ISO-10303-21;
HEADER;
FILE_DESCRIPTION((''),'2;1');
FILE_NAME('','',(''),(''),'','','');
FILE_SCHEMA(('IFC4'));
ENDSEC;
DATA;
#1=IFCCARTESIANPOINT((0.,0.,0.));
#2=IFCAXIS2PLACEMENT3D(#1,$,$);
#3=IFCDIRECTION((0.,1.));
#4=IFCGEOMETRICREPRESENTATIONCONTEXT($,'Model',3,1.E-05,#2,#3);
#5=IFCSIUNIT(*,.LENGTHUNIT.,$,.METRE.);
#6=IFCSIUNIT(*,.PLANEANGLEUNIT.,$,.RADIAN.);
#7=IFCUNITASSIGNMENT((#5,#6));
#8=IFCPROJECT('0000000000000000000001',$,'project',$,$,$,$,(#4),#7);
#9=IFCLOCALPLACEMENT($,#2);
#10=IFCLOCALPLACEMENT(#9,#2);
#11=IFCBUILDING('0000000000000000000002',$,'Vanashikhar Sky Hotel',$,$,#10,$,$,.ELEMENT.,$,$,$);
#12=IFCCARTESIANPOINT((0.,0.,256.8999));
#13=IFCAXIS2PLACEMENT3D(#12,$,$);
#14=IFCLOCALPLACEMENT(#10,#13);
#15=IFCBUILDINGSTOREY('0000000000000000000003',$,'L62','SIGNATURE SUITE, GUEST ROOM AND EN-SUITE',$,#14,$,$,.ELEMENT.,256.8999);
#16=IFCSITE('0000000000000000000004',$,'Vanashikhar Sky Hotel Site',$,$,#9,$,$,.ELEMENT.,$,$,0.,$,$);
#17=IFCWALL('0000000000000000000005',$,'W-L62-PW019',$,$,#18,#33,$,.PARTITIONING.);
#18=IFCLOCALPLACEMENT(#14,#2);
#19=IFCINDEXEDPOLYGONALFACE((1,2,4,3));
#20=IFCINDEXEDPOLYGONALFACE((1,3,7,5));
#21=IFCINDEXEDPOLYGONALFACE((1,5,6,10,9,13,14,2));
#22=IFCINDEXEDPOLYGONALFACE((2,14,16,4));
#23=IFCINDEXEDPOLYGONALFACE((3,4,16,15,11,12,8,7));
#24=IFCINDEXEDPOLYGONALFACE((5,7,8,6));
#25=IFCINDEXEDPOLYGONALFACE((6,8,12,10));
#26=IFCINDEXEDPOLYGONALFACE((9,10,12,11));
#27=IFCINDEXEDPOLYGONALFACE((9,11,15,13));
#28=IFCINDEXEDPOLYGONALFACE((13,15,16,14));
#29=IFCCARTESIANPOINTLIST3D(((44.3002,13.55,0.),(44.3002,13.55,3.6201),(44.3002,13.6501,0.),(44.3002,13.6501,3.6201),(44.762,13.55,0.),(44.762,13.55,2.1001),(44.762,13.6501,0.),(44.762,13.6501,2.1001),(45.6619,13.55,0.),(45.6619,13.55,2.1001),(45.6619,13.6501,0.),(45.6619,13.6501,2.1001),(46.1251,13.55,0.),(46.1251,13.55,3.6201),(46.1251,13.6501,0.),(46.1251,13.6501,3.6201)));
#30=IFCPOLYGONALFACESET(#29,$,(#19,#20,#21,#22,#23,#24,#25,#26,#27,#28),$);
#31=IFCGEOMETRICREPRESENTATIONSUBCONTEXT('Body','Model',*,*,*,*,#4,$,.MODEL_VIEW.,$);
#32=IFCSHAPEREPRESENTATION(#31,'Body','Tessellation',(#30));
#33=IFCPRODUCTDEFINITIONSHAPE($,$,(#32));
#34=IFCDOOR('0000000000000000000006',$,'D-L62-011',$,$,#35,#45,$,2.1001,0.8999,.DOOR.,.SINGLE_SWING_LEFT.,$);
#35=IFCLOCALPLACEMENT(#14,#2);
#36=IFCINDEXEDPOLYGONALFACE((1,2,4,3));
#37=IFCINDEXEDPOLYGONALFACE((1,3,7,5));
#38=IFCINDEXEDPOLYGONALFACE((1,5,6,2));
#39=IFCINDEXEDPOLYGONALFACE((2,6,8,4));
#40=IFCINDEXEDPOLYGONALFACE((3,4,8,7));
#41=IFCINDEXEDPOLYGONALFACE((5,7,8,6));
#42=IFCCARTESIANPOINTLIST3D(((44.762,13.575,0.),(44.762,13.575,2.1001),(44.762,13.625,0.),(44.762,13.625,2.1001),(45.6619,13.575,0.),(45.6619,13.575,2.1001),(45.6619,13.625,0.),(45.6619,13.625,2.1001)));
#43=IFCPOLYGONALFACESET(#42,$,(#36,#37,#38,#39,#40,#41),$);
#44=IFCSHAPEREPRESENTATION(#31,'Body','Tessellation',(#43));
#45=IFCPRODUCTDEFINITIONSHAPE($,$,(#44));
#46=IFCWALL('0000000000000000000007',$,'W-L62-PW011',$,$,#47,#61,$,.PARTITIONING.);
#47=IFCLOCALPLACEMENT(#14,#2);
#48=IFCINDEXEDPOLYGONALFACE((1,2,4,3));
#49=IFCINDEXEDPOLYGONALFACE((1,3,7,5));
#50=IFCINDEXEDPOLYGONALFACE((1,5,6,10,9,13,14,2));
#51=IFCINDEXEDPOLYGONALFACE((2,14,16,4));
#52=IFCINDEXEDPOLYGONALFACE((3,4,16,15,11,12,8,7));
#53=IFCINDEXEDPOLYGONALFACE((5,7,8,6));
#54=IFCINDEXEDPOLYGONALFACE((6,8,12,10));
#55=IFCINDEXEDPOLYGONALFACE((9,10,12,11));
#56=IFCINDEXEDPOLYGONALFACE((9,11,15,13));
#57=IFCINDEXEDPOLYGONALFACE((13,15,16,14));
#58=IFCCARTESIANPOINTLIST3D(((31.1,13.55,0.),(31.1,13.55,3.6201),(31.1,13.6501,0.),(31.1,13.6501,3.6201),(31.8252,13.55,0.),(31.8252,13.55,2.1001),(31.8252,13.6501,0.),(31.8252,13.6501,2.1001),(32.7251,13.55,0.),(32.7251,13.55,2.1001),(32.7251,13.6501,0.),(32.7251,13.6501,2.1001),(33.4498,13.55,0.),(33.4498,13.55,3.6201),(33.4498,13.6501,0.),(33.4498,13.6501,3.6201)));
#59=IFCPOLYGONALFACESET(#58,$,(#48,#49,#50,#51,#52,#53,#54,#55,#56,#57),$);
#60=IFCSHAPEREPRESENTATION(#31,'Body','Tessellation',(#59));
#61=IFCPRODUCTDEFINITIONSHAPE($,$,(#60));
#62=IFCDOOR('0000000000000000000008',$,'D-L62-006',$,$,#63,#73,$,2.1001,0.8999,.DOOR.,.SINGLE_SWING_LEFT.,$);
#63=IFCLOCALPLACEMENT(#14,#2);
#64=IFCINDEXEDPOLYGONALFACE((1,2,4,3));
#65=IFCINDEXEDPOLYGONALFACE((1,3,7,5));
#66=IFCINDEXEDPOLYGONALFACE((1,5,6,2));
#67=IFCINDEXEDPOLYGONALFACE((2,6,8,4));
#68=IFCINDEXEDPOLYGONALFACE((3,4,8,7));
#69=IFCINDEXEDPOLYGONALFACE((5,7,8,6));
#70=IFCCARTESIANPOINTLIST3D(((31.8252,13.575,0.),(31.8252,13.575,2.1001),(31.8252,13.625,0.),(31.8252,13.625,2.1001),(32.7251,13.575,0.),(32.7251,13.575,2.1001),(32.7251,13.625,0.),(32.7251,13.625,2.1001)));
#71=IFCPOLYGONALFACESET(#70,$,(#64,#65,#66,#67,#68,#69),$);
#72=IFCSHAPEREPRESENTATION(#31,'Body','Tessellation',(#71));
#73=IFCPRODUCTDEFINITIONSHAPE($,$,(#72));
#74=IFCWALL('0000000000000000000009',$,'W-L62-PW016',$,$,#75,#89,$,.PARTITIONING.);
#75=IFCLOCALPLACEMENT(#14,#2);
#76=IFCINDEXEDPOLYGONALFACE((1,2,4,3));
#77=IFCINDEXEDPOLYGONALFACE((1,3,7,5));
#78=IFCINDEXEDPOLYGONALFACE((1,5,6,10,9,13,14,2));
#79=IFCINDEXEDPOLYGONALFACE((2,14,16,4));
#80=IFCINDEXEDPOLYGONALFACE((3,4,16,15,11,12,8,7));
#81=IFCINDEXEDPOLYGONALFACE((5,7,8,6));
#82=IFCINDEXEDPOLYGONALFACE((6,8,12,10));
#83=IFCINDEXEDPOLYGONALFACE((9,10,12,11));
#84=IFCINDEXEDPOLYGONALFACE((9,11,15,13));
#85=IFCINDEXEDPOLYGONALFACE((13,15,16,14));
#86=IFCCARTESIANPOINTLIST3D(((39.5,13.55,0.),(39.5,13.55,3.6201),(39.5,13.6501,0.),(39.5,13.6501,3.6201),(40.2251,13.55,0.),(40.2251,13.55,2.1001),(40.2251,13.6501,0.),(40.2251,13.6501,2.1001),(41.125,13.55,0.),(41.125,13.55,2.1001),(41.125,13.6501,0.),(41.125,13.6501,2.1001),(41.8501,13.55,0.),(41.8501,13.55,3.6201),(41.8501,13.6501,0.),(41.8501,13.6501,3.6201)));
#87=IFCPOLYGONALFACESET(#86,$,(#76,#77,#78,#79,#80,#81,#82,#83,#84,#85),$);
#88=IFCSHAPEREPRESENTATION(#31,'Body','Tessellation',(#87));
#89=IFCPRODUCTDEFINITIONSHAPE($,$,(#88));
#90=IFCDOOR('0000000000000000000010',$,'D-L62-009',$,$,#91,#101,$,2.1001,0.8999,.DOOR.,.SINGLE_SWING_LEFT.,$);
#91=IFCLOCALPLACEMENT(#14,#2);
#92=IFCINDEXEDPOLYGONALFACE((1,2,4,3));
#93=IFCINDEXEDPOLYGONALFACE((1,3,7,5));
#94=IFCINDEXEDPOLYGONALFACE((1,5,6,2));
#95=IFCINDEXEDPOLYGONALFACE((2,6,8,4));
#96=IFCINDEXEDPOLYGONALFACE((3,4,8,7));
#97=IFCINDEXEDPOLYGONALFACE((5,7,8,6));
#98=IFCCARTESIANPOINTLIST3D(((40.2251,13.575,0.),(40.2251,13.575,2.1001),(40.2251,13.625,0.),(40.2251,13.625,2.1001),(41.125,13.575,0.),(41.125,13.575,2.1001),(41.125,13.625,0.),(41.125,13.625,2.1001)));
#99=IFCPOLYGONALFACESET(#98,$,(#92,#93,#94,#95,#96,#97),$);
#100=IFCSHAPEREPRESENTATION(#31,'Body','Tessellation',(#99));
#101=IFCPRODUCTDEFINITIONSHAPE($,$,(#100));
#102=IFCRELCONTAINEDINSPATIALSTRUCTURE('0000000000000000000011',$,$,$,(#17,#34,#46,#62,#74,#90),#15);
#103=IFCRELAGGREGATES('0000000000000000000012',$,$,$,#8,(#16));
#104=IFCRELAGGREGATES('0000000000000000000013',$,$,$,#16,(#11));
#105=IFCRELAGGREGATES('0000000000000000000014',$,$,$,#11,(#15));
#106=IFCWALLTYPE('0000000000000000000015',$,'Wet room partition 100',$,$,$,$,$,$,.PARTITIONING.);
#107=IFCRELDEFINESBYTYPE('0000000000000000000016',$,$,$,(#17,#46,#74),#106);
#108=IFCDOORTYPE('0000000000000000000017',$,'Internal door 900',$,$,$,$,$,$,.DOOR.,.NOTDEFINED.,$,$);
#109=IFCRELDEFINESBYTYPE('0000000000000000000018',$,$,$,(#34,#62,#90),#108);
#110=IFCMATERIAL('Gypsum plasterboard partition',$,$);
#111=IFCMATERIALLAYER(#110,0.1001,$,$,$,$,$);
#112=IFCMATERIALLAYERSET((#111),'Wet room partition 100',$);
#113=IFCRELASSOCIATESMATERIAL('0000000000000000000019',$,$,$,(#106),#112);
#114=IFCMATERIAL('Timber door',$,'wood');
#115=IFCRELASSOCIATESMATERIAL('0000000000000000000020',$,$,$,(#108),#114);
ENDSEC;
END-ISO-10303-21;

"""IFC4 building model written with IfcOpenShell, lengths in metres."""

from ifc_helpers import new_model, si_unit, direction, frame, frame_2d, origin, place, context, subcontext, project, spatial, rectangle, extrude, source, transform, mapped, material, layer, layer_set, type_object, element, fill, save


model = new_model("IFC4")

# Units and contexts
model_context = context("Model", 3, precision=1e-05, world=origin(), true_north=direction((0.0, 1.0)))
body_context = subcontext(model_context, "Body", "Model", "MODEL_VIEW")
ifc_project = project(units=[si_unit("LENGTHUNIT", "METRE"), si_unit("PLANEANGLEUNIT", "RADIAN")], contexts=[model_context])

# Site, building, storey
site_placement = place(None, origin())
site = spatial("IfcSite", under=ifc_project, at=site_placement, Name="Vanashikhar Sky Hotel Site", CompositionType="ELEMENT", RefElevation=0.0)
building_placement = place(site_placement, origin())
building = spatial("IfcBuilding", under=site, at=building_placement, Name="Vanashikhar Sky Hotel", CompositionType="ELEMENT")
storey_placement = place(building_placement, frame((0.0, 0.0, 256.8999)))
storey = spatial("IfcBuildingStorey", under=building, at=storey_placement, Name="L62", Description="SIGNATURE SUITE, GUEST ROOM AND EN-SUITE", CompositionType="ELEMENT", Elevation=256.8999)

# Shared definitions
ifc_material_1 = material(Name="Gypsum plasterboard partition")
ifc_layer_1 = layer(ifc_material_1, 0.1001)
ifc_layer_set_1 = layer_set([ifc_layer_1], Name="Wet room partition 100")
wall_type_1 = type_object("IfcWallType", Name="Wet room partition 100", PredefinedType="PARTITIONING", material=ifc_layer_set_1)
shared_shape_1 = source(origin(), body_context, "Body", "SweptSolid", [
    extrude(rectangle(XDim=0.8999, YDim=2.1001, at=frame_2d((0.45, 1.05))), frame((0.0, 0.0601, 0.0), z_axis=(0.0, -1.0, 0.0), x_axis=(1.0, 0.0, 0.0)), (0.0, 0.0, 1.0), 0.1201),
])
ifc_material_2 = material(Name="Timber door", Category="wood")
door_type_1 = type_object("IfcDoorType", Name="Internal door 900", OperationType="NOTDEFINED", PredefinedType="DOOR", material=ifc_material_2)
shared_shape_2 = source(origin(), body_context, "Body", "SweptSolid", [
    extrude(rectangle(XDim=0.8999, YDim=2.1001, at=frame_2d((0.45, 1.05))), frame((0.0, 0.0249, 0.0), z_axis=(0.0, -1.0, 0.0), x_axis=(1.0, 0.0, 0.0)), (0.0, 0.0, 1.0), 0.05),
])

# Walls, openings, doors
shared_shape_3 = source(origin(), body_context, "Body", "SweptSolid", [
    extrude(rectangle(XDim=1.825, YDim=0.1001, at=frame_2d((0.9126, 0.0))), origin(), (0.0, 0.0, 1.0), 3.6201),
])
wall_1_placement = place(storey_placement, frame((44.3, 13.6001, 0.0), z_axis=(0.0, 0.0, 1.0), x_axis=(1.0, 0.0, 0.0)))
wall_1 = element("IfcWall", 1, at=wall_1_placement, inside=storey, type_object=wall_type_1, Name="W-L62-PW019", PredefinedType="PARTITIONING", context=body_context, shape_type="MappedRepresentation", body=[
    mapped(shared_shape_3, transform((0.0, 0.0, 0.0), scale=1.0)),
])
opening_1_placement = place(wall_1_placement, frame((0.4619, 0.0, 0.0)))
opening_1 = element("IfcOpeningElement", 2, at=opening_1_placement, cuts=wall_1, PredefinedType="OPENING", context=body_context, shape_type="MappedRepresentation", body=[
    mapped(shared_shape_1, transform((0.0, 0.0, 0.0), scale=1.0)),
])
door_1_placement = place(opening_1_placement, origin())
door_1 = element("IfcDoor", 3, at=door_1_placement, inside=storey, type_object=door_type_1, Name="D-L62-011", OperationType="SINGLE_SWING_LEFT", OverallHeight=2.1001, OverallWidth=0.8999, PredefinedType="DOOR", context=body_context, shape_type="MappedRepresentation", body=[
    mapped(shared_shape_2, transform((0.0, 0.0, 0.0), scale=1.0)),
])
fill(opening_1, door_1)
shared_shape_4 = source(origin(), body_context, "Body", "SweptSolid", [
    extrude(rectangle(XDim=2.3499, YDim=0.1001, at=frame_2d((1.1748, 0.0))), origin(), (0.0, 0.0, 1.0), 3.6201),
])
wall_2_placement = place(storey_placement, frame((31.1001, 13.6001, 0.0), z_axis=(0.0, 0.0, 1.0), x_axis=(1.0, 0.0, 0.0)))
wall_2 = element("IfcWall", 4, at=wall_2_placement, inside=storey, type_object=wall_type_1, Name="W-L62-PW011", PredefinedType="PARTITIONING", context=body_context, shape_type="MappedRepresentation", body=[
    mapped(shared_shape_4, transform((0.0, 0.0, 0.0), scale=1.0)),
])
opening_2_placement = place(wall_2_placement, frame((0.7251, 0.0, 0.0)))
opening_2 = element("IfcOpeningElement", 5, at=opening_2_placement, cuts=wall_2, PredefinedType="OPENING", context=body_context, shape_type="MappedRepresentation", body=[
    mapped(shared_shape_1, transform((0.0, 0.0, 0.0), scale=1.0)),
])
door_2_placement = place(opening_2_placement, origin())
door_2 = element("IfcDoor", 6, at=door_2_placement, inside=storey, type_object=door_type_1, Name="D-L62-006", OperationType="SINGLE_SWING_LEFT", OverallHeight=2.1001, OverallWidth=0.8999, PredefinedType="DOOR", context=body_context, shape_type="MappedRepresentation", body=[
    mapped(shared_shape_2, transform((0.0, 0.0, 0.0), scale=1.0)),
])
fill(opening_2, door_2)
shared_shape_5 = source(origin(), body_context, "Body", "SweptSolid", [
    extrude(rectangle(XDim=2.3501, YDim=0.1001, at=frame_2d((1.175, 0.0))), origin(), (0.0, 0.0, 1.0), 3.6201),
])
wall_3_placement = place(storey_placement, frame((39.5, 13.6001, 0.0), z_axis=(0.0, 0.0, 1.0), x_axis=(1.0, 0.0, 0.0)))
wall_3 = element("IfcWall", 7, at=wall_3_placement, inside=storey, type_object=wall_type_1, Name="W-L62-PW016", PredefinedType="PARTITIONING", context=body_context, shape_type="MappedRepresentation", body=[
    mapped(shared_shape_5, transform((0.0, 0.0, 0.0), scale=1.0)),
])
opening_3_placement = place(wall_3_placement, frame((0.7251, 0.0, 0.0)))
opening_3 = element("IfcOpeningElement", 8, at=opening_3_placement, cuts=wall_3, PredefinedType="OPENING", context=body_context, shape_type="MappedRepresentation", body=[
    mapped(shared_shape_1, transform((0.0, 0.0, 0.0), scale=1.0)),
])
door_3_placement = place(opening_3_placement, origin())
door_3 = element("IfcDoor", 9, at=door_3_placement, inside=storey, type_object=door_type_1, Name="D-L62-009", OperationType="SINGLE_SWING_LEFT", OverallHeight=2.1001, OverallWidth=0.8999, PredefinedType="DOOR", context=body_context, shape_type="MappedRepresentation", body=[
    mapped(shared_shape_2, transform((0.0, 0.0, 0.0), scale=1.0)),
])
fill(opening_3, door_3)

save(model, "model.ifc")
